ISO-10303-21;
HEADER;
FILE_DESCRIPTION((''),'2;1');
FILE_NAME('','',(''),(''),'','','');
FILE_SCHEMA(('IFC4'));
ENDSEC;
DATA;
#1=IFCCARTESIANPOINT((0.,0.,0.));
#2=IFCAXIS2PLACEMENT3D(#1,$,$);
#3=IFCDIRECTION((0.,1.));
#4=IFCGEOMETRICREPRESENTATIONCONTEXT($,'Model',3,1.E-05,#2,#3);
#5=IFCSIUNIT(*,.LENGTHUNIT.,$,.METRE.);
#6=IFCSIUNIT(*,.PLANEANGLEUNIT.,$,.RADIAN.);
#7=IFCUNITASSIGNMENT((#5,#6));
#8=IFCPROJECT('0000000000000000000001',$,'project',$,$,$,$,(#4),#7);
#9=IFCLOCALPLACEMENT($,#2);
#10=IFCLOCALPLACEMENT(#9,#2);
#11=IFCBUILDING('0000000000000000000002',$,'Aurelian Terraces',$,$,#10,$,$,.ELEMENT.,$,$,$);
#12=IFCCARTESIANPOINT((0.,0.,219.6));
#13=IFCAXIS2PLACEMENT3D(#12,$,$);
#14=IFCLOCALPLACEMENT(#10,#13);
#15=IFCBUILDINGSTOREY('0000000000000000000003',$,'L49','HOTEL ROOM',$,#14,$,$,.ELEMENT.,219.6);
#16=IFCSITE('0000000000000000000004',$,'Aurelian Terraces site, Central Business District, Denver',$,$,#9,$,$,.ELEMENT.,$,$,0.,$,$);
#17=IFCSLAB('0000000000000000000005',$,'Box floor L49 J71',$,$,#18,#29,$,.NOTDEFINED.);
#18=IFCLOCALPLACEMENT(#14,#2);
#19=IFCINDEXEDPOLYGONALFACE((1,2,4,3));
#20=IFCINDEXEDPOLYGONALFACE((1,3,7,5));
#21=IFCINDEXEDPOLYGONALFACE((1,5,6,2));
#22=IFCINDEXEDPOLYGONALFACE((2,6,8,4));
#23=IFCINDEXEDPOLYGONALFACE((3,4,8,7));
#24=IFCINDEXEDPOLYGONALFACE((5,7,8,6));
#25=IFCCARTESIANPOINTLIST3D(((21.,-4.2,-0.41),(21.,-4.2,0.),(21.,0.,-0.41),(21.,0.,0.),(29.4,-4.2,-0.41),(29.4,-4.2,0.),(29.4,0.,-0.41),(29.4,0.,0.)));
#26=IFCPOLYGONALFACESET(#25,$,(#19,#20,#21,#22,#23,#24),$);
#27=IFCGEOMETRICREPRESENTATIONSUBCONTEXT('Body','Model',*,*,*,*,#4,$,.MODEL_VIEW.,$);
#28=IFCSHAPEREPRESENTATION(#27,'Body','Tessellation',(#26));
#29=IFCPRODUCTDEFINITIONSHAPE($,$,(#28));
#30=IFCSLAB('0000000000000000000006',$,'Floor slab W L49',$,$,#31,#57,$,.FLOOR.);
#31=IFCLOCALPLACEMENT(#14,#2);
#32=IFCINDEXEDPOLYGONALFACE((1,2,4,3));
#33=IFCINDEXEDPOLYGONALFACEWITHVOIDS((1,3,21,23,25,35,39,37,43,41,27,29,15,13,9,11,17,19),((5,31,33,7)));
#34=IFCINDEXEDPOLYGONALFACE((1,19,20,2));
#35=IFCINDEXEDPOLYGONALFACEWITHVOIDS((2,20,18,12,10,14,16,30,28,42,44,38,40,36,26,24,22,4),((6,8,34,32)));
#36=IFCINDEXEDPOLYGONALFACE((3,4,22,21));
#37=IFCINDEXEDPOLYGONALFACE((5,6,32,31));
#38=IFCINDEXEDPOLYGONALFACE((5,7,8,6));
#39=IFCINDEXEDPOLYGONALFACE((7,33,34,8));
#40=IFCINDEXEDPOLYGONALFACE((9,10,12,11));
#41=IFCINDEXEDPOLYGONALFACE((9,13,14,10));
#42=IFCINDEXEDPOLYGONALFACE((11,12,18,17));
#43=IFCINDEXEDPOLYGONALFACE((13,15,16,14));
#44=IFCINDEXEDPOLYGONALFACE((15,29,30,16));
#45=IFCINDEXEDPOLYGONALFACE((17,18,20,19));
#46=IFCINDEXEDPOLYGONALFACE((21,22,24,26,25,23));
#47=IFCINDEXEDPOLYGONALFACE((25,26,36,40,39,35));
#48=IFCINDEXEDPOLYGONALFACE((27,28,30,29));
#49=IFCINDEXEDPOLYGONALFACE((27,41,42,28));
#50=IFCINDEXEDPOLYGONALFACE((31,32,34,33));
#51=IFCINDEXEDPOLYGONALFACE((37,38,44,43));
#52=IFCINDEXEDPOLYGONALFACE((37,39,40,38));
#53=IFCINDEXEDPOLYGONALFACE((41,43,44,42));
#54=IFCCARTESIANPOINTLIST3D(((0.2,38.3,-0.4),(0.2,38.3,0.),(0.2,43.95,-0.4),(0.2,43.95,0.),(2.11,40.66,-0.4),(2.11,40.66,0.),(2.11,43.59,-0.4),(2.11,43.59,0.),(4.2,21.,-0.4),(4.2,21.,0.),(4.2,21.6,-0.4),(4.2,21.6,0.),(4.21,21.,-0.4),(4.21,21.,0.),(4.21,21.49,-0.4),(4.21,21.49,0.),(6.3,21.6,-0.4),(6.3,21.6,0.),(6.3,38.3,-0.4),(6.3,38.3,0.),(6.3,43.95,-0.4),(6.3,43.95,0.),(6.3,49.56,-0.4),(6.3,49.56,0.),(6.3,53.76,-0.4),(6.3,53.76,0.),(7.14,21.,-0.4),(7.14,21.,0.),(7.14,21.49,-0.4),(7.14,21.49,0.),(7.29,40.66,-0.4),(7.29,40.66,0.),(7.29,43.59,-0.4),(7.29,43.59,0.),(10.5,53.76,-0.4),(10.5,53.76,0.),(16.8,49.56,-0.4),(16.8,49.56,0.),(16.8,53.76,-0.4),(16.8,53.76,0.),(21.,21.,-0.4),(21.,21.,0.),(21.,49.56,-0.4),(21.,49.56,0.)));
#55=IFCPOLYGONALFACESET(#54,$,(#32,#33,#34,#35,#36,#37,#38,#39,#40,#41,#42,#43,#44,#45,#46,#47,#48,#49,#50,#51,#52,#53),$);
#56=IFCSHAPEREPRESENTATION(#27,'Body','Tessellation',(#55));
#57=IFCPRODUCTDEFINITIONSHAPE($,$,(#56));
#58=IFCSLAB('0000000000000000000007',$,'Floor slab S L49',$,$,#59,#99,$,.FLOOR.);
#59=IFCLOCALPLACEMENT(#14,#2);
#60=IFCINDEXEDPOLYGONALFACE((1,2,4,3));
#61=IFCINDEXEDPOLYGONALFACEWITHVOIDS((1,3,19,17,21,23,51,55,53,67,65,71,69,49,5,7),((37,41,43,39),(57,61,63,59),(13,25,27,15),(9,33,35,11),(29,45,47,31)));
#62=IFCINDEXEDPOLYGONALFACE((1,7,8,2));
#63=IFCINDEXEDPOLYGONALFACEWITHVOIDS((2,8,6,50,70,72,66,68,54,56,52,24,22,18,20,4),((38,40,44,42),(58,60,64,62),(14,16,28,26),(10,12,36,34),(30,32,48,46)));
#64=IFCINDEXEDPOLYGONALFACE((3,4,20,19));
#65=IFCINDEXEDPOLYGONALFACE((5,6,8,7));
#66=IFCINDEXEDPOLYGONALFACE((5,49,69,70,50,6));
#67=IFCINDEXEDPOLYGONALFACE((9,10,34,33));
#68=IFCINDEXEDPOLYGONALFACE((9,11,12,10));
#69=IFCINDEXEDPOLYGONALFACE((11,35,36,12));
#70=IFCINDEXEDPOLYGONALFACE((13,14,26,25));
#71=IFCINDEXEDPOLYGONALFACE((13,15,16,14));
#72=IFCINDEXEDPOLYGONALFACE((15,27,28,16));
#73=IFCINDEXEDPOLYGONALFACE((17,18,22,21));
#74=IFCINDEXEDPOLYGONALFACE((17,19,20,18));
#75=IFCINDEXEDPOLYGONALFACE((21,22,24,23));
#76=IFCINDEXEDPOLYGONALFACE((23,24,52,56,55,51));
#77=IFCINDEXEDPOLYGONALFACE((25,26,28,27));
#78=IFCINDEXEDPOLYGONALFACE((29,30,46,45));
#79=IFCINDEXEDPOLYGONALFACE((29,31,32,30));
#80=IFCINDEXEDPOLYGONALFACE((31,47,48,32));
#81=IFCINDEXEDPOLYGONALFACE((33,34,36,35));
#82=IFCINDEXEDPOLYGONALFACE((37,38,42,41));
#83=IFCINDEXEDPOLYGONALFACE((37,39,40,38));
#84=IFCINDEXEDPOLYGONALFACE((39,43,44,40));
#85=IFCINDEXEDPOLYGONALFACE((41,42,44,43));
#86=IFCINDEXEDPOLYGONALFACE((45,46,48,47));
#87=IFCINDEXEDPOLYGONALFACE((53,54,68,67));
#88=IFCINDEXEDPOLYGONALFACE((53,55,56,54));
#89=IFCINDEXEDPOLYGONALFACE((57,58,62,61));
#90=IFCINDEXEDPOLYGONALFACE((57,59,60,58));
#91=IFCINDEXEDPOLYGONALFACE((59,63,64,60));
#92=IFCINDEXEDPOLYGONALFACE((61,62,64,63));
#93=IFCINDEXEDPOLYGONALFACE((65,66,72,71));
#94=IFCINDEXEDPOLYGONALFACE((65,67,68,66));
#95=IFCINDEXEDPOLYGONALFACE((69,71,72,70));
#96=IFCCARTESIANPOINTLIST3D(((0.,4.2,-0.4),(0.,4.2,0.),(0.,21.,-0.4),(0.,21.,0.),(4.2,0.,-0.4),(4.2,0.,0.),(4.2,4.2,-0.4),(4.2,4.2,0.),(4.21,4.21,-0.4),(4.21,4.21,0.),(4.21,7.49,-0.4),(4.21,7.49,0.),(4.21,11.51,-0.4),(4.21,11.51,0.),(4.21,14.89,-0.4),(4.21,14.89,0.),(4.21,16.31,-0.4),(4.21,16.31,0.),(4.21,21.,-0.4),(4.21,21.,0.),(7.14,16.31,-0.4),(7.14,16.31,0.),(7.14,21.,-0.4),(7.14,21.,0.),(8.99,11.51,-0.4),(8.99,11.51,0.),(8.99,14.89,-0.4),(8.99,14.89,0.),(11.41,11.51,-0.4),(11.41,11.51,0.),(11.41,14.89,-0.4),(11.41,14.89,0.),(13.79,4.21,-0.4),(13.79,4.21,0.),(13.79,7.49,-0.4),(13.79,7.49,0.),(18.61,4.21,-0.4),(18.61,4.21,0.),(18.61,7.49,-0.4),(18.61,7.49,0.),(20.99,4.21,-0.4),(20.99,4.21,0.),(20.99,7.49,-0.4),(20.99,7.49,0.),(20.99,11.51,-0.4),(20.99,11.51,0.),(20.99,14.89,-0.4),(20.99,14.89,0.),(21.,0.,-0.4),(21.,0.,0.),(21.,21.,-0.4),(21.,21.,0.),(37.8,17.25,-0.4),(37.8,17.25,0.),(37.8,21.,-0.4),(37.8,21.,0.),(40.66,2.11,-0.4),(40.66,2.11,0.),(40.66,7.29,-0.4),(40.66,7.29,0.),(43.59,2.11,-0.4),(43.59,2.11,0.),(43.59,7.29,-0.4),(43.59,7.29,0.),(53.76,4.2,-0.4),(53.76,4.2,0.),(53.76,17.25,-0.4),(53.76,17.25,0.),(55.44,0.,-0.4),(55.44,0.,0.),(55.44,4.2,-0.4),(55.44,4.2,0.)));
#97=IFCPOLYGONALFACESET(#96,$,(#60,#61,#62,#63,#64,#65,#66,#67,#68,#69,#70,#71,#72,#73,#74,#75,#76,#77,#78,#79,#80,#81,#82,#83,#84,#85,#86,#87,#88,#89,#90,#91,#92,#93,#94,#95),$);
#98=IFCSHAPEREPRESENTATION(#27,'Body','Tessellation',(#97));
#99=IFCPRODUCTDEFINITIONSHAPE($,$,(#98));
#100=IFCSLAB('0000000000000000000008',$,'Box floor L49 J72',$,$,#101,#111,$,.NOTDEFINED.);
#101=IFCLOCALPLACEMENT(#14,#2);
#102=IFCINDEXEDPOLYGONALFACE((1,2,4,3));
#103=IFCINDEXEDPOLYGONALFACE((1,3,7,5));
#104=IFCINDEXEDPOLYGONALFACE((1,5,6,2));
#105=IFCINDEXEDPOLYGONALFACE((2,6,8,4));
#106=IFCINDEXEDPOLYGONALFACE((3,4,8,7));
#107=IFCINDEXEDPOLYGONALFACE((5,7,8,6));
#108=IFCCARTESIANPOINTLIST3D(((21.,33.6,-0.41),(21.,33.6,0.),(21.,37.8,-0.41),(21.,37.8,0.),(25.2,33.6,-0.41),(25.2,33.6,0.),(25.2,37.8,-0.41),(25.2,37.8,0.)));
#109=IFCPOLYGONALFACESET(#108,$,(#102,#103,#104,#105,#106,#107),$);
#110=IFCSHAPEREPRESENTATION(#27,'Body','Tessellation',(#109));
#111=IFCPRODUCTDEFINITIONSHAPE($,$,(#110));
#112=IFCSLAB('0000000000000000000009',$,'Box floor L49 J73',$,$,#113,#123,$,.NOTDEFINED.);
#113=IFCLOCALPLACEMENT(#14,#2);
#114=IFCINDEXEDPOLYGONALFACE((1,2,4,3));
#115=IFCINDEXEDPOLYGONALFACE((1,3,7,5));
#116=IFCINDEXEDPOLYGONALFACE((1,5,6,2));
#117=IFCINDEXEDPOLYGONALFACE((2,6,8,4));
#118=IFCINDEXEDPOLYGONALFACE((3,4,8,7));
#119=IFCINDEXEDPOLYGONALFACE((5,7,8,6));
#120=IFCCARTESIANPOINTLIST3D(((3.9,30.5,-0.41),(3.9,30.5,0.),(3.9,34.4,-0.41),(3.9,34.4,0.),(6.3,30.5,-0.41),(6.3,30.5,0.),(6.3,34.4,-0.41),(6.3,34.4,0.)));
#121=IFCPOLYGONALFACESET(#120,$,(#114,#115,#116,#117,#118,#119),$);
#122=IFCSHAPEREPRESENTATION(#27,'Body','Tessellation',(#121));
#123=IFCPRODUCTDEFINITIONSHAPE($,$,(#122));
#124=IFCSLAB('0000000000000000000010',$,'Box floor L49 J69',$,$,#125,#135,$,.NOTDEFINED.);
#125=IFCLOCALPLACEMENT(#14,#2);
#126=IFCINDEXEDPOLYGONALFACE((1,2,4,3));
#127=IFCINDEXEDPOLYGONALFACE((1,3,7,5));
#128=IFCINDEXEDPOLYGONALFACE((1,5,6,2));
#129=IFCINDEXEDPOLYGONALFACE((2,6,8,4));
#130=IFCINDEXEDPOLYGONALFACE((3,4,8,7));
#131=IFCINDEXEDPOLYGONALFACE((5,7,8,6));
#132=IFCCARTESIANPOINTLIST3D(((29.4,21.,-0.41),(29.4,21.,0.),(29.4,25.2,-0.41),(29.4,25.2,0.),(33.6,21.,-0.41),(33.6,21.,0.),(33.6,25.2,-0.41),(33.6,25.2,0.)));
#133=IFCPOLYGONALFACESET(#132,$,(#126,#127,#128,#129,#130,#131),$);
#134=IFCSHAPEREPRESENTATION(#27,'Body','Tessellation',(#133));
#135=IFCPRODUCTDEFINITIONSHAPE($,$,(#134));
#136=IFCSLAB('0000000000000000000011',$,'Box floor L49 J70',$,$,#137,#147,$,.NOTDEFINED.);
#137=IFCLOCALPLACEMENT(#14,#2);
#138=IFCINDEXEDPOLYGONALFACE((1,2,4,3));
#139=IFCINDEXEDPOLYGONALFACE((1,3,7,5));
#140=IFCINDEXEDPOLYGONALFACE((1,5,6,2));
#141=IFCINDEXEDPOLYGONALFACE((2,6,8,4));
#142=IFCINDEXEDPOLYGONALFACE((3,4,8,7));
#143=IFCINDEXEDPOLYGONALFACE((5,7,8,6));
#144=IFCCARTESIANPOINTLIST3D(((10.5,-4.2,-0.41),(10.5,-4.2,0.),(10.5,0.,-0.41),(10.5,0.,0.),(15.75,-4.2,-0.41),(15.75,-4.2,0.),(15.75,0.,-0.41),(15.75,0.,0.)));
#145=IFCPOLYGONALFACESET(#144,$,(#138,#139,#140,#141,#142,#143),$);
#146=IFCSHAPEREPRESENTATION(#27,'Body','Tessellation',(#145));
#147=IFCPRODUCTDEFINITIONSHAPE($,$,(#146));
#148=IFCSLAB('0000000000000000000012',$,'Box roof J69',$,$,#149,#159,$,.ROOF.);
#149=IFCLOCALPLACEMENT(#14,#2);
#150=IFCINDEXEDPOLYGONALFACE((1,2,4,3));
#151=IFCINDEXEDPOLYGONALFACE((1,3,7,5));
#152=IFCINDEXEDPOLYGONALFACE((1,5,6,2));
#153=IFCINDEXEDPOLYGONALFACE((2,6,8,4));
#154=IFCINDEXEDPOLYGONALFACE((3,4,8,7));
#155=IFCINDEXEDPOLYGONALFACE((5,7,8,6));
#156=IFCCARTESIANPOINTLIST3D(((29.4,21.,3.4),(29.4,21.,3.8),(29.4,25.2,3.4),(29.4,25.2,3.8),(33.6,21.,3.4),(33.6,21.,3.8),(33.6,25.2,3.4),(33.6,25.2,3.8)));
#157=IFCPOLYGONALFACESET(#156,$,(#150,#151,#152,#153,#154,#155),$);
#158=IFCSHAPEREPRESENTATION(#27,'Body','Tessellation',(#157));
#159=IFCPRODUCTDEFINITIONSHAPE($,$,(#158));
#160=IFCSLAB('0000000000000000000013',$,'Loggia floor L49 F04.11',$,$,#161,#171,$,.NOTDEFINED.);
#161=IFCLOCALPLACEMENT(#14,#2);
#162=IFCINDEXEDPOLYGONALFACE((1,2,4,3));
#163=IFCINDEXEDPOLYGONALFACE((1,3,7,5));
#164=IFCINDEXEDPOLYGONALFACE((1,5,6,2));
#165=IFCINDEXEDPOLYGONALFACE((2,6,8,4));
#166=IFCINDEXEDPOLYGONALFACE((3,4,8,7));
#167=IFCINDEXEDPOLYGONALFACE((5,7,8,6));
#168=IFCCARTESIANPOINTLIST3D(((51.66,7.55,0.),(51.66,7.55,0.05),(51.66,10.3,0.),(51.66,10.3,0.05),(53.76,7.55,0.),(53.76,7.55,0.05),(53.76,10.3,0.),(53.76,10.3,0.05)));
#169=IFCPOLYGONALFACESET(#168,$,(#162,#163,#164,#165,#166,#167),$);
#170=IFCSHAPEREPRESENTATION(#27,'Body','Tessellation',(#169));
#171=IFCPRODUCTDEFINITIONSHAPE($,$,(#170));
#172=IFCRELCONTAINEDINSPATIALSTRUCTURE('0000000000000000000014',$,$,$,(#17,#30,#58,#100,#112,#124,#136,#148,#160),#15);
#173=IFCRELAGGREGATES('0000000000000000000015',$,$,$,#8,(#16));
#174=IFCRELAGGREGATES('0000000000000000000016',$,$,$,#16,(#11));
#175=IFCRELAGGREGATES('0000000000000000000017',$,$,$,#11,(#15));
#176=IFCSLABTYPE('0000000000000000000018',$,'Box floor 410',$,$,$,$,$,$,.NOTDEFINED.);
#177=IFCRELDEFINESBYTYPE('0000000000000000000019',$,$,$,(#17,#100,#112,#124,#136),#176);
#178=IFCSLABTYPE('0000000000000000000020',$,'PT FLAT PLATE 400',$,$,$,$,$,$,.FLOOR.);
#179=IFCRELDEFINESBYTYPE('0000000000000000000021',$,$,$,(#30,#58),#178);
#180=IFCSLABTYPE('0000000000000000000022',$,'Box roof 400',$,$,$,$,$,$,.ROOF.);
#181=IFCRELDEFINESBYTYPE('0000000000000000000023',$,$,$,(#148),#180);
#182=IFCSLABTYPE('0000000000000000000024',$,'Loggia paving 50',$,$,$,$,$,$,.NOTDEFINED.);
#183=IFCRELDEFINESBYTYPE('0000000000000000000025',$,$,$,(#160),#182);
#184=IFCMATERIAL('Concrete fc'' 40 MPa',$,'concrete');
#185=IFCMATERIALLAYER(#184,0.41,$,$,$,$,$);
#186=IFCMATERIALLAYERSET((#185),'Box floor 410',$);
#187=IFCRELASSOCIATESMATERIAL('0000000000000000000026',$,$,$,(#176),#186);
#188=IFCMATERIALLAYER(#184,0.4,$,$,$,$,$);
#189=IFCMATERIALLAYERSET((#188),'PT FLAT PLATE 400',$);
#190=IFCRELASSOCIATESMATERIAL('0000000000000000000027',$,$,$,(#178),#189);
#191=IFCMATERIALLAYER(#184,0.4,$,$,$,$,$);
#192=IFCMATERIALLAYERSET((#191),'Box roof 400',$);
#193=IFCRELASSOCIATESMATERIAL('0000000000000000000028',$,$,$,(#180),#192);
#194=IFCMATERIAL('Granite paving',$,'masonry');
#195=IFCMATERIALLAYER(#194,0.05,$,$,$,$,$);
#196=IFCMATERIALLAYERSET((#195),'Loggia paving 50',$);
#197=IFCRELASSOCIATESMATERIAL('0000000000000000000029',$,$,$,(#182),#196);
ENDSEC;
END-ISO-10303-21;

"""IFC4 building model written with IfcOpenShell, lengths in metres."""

from ifc_helpers import new_model, si_unit, direction, frame, origin, place, context, subcontext, project, spatial, polyline, outline, extrude, source, transform, mapped, material, layer, layer_set, type_object, element, save


model = new_model("IFC4")

# Units and contexts
model_context = context("Model", 3, precision=1e-05, world=origin(), true_north=direction((0.0, 1.0)))
body_context = subcontext(model_context, "Body", "Model", "MODEL_VIEW")
ifc_project = project(units=[si_unit("LENGTHUNIT", "METRE"), si_unit("PLANEANGLEUNIT", "RADIAN")], contexts=[model_context])

# Site, building, storey
site_placement = place(None, origin())
site = spatial("IfcSite", under=ifc_project, at=site_placement, Name="Aurelian Terraces site, Central Business District, Denver", CompositionType="ELEMENT", RefElevation=0.0)
building_placement = place(site_placement, origin())
building = spatial("IfcBuilding", under=site, at=building_placement, Name="Aurelian Terraces", CompositionType="ELEMENT")
storey_placement = place(building_placement, frame((0.0, 0.0, 219.6)))
storey = spatial("IfcBuildingStorey", under=building, at=storey_placement, Name="L49", Description="HOTEL ROOM", CompositionType="ELEMENT", Elevation=219.6)

# Slabs
ifc_material_1 = material(Name="Concrete fc' 40 MPa", Category="concrete")
ifc_layer_1 = layer(ifc_material_1, 0.41)
ifc_layer_set_1 = layer_set([ifc_layer_1], Name="Box floor 410")
slab_type_1 = type_object("IfcSlabType", Name="Box floor 410", PredefinedType="NOTDEFINED", material=ifc_layer_set_1)
slab_1_placement = place(storey_placement, frame((0.0, 0.0, -0.41)))
element("IfcSlab", 1, at=slab_1_placement, inside=storey, type_object=slab_type_1, Name="Box floor L49 J71", PredefinedType="NOTDEFINED", context=body_context, shape_type="SweptSolid", body=[
    extrude(outline(polyline([(21.0, -4.2), (29.4, -4.2), (29.4, 0.0), (21.0, 0.0), (21.0, -4.2)])), origin(), (0.0, 0.0, 1.0), 0.41),
])
ifc_layer_2 = layer(ifc_material_1, 0.4)
ifc_layer_set_2 = layer_set([ifc_layer_2], Name="PT FLAT PLATE 400")
slab_type_2 = type_object("IfcSlabType", Name="PT FLAT PLATE 400", PredefinedType="FLOOR", material=ifc_layer_set_2)
shared_shape_1 = source(origin(), body_context, "Body", "SweptSolid", [
    extrude(outline(polyline([(6.3, 43.95), (6.3, 49.56), (6.3, 53.76), (10.5, 53.76), (16.8, 53.76), (16.8, 49.56), (21.0, 49.56), (21.0, 21.0), (7.14, 21.0), (7.14, 21.49), (4.21, 21.49), (4.21, 21.0), (4.2, 21.0), (4.2, 21.6), (6.3, 21.6), (6.3, 38.3), (0.2, 38.3), (0.2, 43.95), (6.3, 43.95)]), holes=[polyline([(7.29, 43.59), (2.11, 43.59), (2.11, 40.66), (7.29, 40.66), (7.29, 43.59)])]), origin(), (0.0, 0.0, 1.0), 0.4),
])
slab_2_placement = place(storey_placement, frame((0.0, 0.0, -0.4)))
element("IfcSlab", 2, at=slab_2_placement, inside=storey, type_object=slab_type_2, Name="Floor slab W L49", PredefinedType="FLOOR", context=body_context, shape_type="MappedRepresentation", body=[
    mapped(shared_shape_1, transform((0.0, 0.0, 0.0), scale=1.0)),
])
shared_shape_2 = source(origin(), body_context, "Body", "SweptSolid", [
    extrude(outline(polyline([(21.0, 0.0), (4.2, 0.0), (4.2, 4.2), (0.0, 4.2), (0.0, 21.0), (4.21, 21.0), (4.21, 16.31), (7.14, 16.31), (7.14, 21.0), (21.0, 21.0), (37.8, 21.0), (37.8, 17.25), (53.76, 17.25), (53.76, 4.2), (55.44, 4.2), (55.44, 0.0), (21.0, 0.0)]), holes=[polyline([(40.66, 2.11), (43.59, 2.11), (43.59, 7.29), (40.66, 7.29), (40.66, 2.11)]), polyline([(18.61, 7.49), (18.61, 4.21), (20.99, 4.21), (20.99, 7.49), (18.61, 7.49)]), polyline([(20.99, 14.89), (11.41, 14.89), (11.41, 11.51), (20.99, 11.51), (20.99, 14.89)]), polyline([(4.21, 7.49), (4.21, 4.21), (13.79, 4.21), (13.79, 7.49), (4.21, 7.49)]), polyline([(4.21, 14.89), (4.21, 11.51), (8.99, 11.51), (8.99, 14.89), (4.21, 14.89)])]), origin(), (0.0, 0.0, 1.0), 0.4),
])
slab_3_placement = place(storey_placement, frame((0.0, 0.0, -0.4)))
element("IfcSlab", 3, at=slab_3_placement, inside=storey, type_object=slab_type_2, Name="Floor slab S L49", PredefinedType="FLOOR", context=body_context, shape_type="MappedRepresentation", body=[
    mapped(shared_shape_2, transform((0.0, 0.0, 0.0), scale=1.0)),
])
shared_shape_3 = source(origin(), body_context, "Body", "SweptSolid", [
    extrude(outline(polyline([(25.2, 33.6), (25.2, 37.8), (21.0, 37.8), (21.0, 33.6), (25.2, 33.6)])), origin(), (0.0, 0.0, 1.0), 0.41),
])
slab_4_placement = place(storey_placement, frame((0.0, 0.0, -0.41)))
element("IfcSlab", 4, at=slab_4_placement, inside=storey, type_object=slab_type_1, Name="Box floor L49 J72", PredefinedType="NOTDEFINED", context=body_context, shape_type="MappedRepresentation", body=[
    mapped(shared_shape_3, transform((0.0, 0.0, 0.0), scale=1.0)),
])
shared_shape_4 = source(origin(), body_context, "Body", "SweptSolid", [
    extrude(outline(polyline([(3.9, 34.4), (3.9, 30.5), (6.3, 30.5), (6.3, 34.4), (3.9, 34.4)])), origin(), (0.0, 0.0, 1.0), 0.41),
])
slab_5_placement = place(storey_placement, frame((0.0, 0.0, -0.41)))
element("IfcSlab", 5, at=slab_5_placement, inside=storey, type_object=slab_type_1, Name="Box floor L49 J73", PredefinedType="NOTDEFINED", context=body_context, shape_type="MappedRepresentation", body=[
    mapped(shared_shape_4, transform((0.0, 0.0, 0.0), scale=1.0)),
])
shared_shape_5 = source(origin(), body_context, "Body", "SweptSolid", [
    extrude(outline(polyline([(33.6, 25.2), (29.4, 25.2), (29.4, 21.0), (33.6, 21.0), (33.6, 25.2)])), origin(), (0.0, 0.0, 1.0), 0.41),
])
slab_6_placement = place(storey_placement, frame((0.0, 0.0, -0.41)))
element("IfcSlab", 6, at=slab_6_placement, inside=storey, type_object=slab_type_1, Name="Box floor L49 J69", PredefinedType="NOTDEFINED", context=body_context, shape_type="MappedRepresentation", body=[
    mapped(shared_shape_5, transform((0.0, 0.0, 0.0), scale=1.0)),
])
shared_shape_6 = source(origin(), body_context, "Body", "SweptSolid", [
    extrude(outline(polyline([(10.5, -4.2), (15.75, -4.2), (15.75, 0.0), (10.5, 0.0), (10.5, -4.2)])), origin(), (0.0, 0.0, 1.0), 0.41),
])
slab_7_placement = place(storey_placement, frame((0.0, 0.0, -0.41)))
element("IfcSlab", 7, at=slab_7_placement, inside=storey, type_object=slab_type_1, Name="Box floor L49 J70", PredefinedType="NOTDEFINED", context=body_context, shape_type="MappedRepresentation", body=[
    mapped(shared_shape_6, transform((0.0, 0.0, 0.0), scale=1.0)),
])
ifc_layer_3 = layer(ifc_material_1, 0.4)
ifc_layer_set_3 = layer_set([ifc_layer_3], Name="Box roof 400")
slab_type_3 = type_object("IfcSlabType", Name="Box roof 400", PredefinedType="ROOF", material=ifc_layer_set_3)
shared_shape_7 = source(origin(), body_context, "Body", "SweptSolid", [
    extrude(outline(polyline([(33.6, 25.2), (29.4, 25.2), (29.4, 21.0), (33.6, 21.0), (33.6, 25.2)])), origin(), (0.0, 0.0, 1.0), 0.4),
])
slab_8_placement = place(storey_placement, frame((0.0, 0.0, 3.4)))
element("IfcSlab", 8, at=slab_8_placement, inside=storey, type_object=slab_type_3, Name="Box roof J69", PredefinedType="ROOF", context=body_context, shape_type="MappedRepresentation", body=[
    mapped(shared_shape_7, transform((0.0, 0.0, 0.0), scale=1.0)),
])
ifc_material_2 = material(Name="Granite paving", Category="masonry")
ifc_layer_4 = layer(ifc_material_2, 0.05)
ifc_layer_set_4 = layer_set([ifc_layer_4], Name="Loggia paving 50")
slab_type_4 = type_object("IfcSlabType", Name="Loggia paving 50", PredefinedType="NOTDEFINED", material=ifc_layer_set_4)
shared_shape_8 = source(origin(), body_context, "Body", "SweptSolid", [
    extrude(outline(polyline([(53.76, 7.55), (53.76, 10.3), (51.66, 10.3), (51.66, 7.55), (53.76, 7.55)])), origin(), (0.0, 0.0, 1.0), 0.05),
])
slab_9_placement = place(storey_placement, origin())
element("IfcSlab", 9, at=slab_9_placement, inside=storey, type_object=slab_type_4, Name="Loggia floor L49 F04.11", PredefinedType="NOTDEFINED", context=body_context, shape_type="MappedRepresentation", body=[
    mapped(shared_shape_8, transform((0.0, 0.0, 0.0), scale=1.0)),
])

save(model, "model.ifc")
